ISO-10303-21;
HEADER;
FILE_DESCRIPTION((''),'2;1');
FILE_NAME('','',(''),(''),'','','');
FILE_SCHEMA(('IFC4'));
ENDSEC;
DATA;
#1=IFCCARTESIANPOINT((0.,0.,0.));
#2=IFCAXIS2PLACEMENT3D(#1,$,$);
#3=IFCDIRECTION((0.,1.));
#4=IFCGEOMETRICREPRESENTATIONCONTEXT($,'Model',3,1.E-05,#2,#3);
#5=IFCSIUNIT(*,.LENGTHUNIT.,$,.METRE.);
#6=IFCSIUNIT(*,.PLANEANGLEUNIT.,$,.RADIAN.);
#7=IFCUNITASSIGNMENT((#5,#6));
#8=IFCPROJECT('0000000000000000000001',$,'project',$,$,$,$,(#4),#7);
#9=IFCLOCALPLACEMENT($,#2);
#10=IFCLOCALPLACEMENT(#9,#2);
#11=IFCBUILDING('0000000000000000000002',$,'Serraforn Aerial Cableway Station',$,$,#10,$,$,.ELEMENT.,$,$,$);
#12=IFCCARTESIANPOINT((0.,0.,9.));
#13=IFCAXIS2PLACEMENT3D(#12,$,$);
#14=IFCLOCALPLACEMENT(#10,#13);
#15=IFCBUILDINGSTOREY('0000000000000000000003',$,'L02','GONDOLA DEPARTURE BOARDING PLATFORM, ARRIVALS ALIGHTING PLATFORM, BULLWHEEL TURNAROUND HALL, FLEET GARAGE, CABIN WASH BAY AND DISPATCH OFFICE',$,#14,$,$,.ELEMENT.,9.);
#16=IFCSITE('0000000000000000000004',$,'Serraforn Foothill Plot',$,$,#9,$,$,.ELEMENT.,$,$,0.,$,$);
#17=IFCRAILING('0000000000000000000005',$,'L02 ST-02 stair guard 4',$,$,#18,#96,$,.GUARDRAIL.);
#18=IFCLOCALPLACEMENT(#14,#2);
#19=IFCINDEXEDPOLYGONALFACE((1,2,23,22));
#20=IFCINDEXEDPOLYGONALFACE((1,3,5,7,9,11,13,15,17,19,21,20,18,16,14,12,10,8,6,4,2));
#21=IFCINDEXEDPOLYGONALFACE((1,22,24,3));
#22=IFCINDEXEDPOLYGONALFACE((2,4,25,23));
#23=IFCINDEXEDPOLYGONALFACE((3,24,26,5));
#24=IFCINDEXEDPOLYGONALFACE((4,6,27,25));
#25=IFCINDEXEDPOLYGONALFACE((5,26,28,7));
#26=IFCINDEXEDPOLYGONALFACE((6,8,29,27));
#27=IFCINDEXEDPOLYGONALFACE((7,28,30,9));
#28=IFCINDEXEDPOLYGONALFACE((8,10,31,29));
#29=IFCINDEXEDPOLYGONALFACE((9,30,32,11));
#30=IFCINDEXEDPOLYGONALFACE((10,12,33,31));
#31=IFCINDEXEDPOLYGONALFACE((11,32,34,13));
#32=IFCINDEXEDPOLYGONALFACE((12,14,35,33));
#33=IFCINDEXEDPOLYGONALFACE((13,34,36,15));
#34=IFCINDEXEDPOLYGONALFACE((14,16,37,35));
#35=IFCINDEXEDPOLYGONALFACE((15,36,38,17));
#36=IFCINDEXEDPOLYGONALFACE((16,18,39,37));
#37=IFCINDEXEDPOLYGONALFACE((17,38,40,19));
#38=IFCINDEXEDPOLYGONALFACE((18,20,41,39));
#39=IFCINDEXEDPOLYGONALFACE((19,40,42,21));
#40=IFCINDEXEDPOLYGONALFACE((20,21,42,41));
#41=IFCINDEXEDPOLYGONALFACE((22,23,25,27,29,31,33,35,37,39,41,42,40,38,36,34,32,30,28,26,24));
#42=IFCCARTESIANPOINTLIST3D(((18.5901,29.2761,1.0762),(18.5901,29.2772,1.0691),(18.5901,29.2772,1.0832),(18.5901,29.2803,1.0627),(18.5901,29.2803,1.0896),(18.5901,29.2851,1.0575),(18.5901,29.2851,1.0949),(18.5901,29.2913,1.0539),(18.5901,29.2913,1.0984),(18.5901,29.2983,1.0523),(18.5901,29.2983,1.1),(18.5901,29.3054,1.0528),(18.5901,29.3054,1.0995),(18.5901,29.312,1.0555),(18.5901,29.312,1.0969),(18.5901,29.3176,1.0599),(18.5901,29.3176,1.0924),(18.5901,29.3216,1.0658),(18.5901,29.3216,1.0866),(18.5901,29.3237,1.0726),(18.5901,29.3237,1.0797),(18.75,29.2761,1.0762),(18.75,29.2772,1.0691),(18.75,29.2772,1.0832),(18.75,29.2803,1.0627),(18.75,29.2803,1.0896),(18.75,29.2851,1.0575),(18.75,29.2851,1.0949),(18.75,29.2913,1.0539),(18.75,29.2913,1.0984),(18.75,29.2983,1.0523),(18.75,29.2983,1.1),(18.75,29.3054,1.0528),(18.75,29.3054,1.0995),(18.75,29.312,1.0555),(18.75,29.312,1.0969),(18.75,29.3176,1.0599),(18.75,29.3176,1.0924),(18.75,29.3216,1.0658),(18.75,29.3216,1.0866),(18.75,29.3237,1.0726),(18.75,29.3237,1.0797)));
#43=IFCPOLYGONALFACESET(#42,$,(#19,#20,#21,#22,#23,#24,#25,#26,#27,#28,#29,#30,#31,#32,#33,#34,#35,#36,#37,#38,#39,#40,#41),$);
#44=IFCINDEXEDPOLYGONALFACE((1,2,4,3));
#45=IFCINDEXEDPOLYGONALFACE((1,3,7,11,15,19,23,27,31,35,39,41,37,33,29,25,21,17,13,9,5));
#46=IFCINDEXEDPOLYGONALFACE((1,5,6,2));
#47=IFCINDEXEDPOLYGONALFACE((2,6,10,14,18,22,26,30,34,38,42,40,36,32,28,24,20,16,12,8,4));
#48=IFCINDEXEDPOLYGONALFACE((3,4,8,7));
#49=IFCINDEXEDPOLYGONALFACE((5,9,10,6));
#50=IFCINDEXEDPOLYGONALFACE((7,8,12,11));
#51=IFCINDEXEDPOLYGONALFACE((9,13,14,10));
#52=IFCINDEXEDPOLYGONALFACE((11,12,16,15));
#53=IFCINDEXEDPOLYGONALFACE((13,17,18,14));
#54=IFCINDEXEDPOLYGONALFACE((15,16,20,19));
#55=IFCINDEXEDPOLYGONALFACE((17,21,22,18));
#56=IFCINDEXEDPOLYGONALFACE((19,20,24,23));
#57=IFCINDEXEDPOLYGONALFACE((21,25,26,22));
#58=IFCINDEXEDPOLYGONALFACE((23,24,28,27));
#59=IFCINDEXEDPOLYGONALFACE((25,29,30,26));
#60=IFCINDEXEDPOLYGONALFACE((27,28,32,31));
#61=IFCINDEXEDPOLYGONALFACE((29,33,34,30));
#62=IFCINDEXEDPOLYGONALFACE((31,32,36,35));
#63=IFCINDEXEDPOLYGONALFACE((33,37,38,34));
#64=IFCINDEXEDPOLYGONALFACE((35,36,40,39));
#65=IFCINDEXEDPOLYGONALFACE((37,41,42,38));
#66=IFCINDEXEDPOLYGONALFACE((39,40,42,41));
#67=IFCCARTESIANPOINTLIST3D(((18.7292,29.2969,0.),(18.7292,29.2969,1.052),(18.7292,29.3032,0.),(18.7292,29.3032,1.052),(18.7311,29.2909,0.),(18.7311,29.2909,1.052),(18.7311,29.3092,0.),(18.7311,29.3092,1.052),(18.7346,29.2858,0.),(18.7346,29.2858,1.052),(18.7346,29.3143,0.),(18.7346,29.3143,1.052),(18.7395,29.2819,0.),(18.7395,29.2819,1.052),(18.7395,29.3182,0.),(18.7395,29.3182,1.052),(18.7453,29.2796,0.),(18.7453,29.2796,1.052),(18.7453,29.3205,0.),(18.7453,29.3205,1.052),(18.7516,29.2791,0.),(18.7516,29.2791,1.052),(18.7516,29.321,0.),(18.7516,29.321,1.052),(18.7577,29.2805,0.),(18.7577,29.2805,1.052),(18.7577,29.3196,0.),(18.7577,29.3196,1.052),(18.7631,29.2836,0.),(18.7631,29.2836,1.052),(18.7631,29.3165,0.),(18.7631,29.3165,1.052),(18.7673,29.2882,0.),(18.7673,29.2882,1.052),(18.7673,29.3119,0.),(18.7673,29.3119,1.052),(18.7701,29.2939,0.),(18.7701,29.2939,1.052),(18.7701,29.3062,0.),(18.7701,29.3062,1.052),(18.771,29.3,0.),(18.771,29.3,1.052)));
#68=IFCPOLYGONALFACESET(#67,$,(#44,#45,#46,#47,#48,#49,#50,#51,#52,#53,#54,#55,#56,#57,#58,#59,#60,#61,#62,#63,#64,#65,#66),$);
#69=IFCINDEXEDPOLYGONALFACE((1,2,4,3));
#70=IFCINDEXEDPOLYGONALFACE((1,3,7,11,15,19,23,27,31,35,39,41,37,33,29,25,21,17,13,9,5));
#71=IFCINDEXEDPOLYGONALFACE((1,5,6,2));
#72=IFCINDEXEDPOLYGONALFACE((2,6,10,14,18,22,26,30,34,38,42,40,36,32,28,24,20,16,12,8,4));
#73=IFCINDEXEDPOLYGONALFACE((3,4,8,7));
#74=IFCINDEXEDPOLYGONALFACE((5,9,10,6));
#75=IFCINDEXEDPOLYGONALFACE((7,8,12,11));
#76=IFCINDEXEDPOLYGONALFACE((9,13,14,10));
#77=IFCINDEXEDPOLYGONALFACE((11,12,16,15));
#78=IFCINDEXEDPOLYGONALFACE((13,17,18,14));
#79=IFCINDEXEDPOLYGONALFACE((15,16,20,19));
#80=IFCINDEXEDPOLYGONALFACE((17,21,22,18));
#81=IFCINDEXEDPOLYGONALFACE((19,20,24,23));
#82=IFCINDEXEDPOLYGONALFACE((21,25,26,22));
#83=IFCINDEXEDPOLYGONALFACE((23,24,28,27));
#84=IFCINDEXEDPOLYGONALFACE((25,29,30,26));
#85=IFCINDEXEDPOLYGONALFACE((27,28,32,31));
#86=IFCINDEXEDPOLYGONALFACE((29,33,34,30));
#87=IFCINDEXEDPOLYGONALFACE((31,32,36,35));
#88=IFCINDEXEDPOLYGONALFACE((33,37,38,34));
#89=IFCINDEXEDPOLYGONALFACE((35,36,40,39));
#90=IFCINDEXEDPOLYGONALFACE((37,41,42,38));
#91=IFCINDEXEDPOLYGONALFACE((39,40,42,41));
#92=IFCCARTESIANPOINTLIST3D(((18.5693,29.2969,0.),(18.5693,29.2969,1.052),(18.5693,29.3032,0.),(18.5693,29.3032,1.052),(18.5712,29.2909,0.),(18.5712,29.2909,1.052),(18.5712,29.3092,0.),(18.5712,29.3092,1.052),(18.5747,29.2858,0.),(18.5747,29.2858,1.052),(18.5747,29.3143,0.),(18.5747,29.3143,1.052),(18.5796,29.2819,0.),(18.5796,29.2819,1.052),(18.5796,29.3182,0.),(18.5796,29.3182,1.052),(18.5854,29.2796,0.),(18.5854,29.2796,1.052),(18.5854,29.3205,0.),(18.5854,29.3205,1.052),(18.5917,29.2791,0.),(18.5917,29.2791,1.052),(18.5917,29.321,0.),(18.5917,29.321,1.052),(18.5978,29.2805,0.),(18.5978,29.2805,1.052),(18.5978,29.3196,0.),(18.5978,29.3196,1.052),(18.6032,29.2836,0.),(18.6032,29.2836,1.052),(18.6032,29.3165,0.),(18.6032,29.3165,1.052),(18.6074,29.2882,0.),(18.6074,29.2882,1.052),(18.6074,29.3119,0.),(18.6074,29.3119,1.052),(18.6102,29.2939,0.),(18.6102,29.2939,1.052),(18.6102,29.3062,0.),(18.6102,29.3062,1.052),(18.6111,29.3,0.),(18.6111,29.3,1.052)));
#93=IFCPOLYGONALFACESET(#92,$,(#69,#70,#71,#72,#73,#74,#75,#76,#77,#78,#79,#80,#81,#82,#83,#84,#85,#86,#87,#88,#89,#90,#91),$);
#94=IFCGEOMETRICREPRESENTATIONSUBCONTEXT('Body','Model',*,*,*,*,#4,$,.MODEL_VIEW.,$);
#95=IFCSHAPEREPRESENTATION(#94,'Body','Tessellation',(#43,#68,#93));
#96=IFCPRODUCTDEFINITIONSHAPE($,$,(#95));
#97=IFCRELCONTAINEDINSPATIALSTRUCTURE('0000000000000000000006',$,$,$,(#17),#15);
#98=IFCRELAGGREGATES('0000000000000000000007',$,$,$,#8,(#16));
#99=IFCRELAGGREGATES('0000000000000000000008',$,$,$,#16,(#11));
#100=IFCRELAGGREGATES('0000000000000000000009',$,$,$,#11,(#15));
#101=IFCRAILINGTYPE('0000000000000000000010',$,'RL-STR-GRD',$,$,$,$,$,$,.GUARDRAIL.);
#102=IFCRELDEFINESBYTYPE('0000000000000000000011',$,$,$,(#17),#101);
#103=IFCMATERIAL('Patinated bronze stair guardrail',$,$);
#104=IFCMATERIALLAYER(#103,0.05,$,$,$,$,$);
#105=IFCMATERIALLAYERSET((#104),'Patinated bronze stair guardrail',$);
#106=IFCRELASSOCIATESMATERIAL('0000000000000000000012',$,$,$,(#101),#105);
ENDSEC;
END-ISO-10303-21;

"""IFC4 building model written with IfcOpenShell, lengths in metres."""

from ifc_helpers import new_model, si_unit, direction, frame, origin, origin_2d, place, context, subcontext, project, spatial, circle, extrude, material, layer, layer_set, type_object, element, save


model = new_model("IFC4")

# Units and contexts
model_context = context("Model", 3, precision=1e-05, world=origin(), true_north=direction((0.0, 1.0)))
body_context = subcontext(model_context, "Body", "Model", "MODEL_VIEW")
ifc_project = project(units=[si_unit("LENGTHUNIT", "METRE"), si_unit("PLANEANGLEUNIT", "RADIAN")], contexts=[model_context])

# Site, building, storey
site_placement = place(None, origin())
site = spatial("IfcSite", under=ifc_project, at=site_placement, Name="Serraforn Foothill Plot", CompositionType="ELEMENT", RefElevation=0.0)
building_placement = place(site_placement, origin())
building = spatial("IfcBuilding", under=site, at=building_placement, Name="Serraforn Aerial Cableway Station", CompositionType="ELEMENT")
storey_placement = place(building_placement, frame((0.0, 0.0, 9.0)))
storey = spatial("IfcBuildingStorey", under=building, at=storey_placement, Name="L02", Description="GONDOLA DEPARTURE BOARDING PLATFORM, ARRIVALS ALIGHTING PLATFORM, BULLWHEEL TURNAROUND HALL, FLEET GARAGE, CABIN WASH BAY AND DISPATCH OFFICE", CompositionType="ELEMENT", Elevation=9.0)

# Railing
ifc_material_1 = material(Name="Patinated bronze stair guardrail")
ifc_layer_1 = layer(ifc_material_1, 0.05)
ifc_layer_set_1 = layer_set([ifc_layer_1], Name="Patinated bronze stair guardrail")
railing_type_1 = type_object("IfcRailingType", Name="RL-STR-GRD", PredefinedType="GUARDRAIL", material=ifc_layer_set_1)
railing_1_placement = place(storey_placement, frame((18.75, 29.3, 0.0)))
element("IfcRailing", 1, at=railing_1_placement, inside=storey, type_object=railing_type_1, Name="L02 ST-02 stair guard 4", PredefinedType="GUARDRAIL", context=body_context, shape_type="SweptSolid", body=[
    extrude(circle(Radius=0.0239, at=origin_2d()), frame((0.0, 0.0, 1.0762), z_axis=(-1.0, 0.0, 0.0), x_axis=(0.0, -1.0, 0.0)), (0.0, 0.0, 1.0), 0.1599),
    extrude(circle(Radius=0.021, at=origin_2d()), origin(), (0.0, 0.0, 1.0), 1.052),
    extrude(circle(Radius=0.021, at=origin_2d()), frame((-0.1599, 0.0, 0.0)), (0.0, 0.0, 1.0), 1.052),
])

save(model, "model.ifc")
